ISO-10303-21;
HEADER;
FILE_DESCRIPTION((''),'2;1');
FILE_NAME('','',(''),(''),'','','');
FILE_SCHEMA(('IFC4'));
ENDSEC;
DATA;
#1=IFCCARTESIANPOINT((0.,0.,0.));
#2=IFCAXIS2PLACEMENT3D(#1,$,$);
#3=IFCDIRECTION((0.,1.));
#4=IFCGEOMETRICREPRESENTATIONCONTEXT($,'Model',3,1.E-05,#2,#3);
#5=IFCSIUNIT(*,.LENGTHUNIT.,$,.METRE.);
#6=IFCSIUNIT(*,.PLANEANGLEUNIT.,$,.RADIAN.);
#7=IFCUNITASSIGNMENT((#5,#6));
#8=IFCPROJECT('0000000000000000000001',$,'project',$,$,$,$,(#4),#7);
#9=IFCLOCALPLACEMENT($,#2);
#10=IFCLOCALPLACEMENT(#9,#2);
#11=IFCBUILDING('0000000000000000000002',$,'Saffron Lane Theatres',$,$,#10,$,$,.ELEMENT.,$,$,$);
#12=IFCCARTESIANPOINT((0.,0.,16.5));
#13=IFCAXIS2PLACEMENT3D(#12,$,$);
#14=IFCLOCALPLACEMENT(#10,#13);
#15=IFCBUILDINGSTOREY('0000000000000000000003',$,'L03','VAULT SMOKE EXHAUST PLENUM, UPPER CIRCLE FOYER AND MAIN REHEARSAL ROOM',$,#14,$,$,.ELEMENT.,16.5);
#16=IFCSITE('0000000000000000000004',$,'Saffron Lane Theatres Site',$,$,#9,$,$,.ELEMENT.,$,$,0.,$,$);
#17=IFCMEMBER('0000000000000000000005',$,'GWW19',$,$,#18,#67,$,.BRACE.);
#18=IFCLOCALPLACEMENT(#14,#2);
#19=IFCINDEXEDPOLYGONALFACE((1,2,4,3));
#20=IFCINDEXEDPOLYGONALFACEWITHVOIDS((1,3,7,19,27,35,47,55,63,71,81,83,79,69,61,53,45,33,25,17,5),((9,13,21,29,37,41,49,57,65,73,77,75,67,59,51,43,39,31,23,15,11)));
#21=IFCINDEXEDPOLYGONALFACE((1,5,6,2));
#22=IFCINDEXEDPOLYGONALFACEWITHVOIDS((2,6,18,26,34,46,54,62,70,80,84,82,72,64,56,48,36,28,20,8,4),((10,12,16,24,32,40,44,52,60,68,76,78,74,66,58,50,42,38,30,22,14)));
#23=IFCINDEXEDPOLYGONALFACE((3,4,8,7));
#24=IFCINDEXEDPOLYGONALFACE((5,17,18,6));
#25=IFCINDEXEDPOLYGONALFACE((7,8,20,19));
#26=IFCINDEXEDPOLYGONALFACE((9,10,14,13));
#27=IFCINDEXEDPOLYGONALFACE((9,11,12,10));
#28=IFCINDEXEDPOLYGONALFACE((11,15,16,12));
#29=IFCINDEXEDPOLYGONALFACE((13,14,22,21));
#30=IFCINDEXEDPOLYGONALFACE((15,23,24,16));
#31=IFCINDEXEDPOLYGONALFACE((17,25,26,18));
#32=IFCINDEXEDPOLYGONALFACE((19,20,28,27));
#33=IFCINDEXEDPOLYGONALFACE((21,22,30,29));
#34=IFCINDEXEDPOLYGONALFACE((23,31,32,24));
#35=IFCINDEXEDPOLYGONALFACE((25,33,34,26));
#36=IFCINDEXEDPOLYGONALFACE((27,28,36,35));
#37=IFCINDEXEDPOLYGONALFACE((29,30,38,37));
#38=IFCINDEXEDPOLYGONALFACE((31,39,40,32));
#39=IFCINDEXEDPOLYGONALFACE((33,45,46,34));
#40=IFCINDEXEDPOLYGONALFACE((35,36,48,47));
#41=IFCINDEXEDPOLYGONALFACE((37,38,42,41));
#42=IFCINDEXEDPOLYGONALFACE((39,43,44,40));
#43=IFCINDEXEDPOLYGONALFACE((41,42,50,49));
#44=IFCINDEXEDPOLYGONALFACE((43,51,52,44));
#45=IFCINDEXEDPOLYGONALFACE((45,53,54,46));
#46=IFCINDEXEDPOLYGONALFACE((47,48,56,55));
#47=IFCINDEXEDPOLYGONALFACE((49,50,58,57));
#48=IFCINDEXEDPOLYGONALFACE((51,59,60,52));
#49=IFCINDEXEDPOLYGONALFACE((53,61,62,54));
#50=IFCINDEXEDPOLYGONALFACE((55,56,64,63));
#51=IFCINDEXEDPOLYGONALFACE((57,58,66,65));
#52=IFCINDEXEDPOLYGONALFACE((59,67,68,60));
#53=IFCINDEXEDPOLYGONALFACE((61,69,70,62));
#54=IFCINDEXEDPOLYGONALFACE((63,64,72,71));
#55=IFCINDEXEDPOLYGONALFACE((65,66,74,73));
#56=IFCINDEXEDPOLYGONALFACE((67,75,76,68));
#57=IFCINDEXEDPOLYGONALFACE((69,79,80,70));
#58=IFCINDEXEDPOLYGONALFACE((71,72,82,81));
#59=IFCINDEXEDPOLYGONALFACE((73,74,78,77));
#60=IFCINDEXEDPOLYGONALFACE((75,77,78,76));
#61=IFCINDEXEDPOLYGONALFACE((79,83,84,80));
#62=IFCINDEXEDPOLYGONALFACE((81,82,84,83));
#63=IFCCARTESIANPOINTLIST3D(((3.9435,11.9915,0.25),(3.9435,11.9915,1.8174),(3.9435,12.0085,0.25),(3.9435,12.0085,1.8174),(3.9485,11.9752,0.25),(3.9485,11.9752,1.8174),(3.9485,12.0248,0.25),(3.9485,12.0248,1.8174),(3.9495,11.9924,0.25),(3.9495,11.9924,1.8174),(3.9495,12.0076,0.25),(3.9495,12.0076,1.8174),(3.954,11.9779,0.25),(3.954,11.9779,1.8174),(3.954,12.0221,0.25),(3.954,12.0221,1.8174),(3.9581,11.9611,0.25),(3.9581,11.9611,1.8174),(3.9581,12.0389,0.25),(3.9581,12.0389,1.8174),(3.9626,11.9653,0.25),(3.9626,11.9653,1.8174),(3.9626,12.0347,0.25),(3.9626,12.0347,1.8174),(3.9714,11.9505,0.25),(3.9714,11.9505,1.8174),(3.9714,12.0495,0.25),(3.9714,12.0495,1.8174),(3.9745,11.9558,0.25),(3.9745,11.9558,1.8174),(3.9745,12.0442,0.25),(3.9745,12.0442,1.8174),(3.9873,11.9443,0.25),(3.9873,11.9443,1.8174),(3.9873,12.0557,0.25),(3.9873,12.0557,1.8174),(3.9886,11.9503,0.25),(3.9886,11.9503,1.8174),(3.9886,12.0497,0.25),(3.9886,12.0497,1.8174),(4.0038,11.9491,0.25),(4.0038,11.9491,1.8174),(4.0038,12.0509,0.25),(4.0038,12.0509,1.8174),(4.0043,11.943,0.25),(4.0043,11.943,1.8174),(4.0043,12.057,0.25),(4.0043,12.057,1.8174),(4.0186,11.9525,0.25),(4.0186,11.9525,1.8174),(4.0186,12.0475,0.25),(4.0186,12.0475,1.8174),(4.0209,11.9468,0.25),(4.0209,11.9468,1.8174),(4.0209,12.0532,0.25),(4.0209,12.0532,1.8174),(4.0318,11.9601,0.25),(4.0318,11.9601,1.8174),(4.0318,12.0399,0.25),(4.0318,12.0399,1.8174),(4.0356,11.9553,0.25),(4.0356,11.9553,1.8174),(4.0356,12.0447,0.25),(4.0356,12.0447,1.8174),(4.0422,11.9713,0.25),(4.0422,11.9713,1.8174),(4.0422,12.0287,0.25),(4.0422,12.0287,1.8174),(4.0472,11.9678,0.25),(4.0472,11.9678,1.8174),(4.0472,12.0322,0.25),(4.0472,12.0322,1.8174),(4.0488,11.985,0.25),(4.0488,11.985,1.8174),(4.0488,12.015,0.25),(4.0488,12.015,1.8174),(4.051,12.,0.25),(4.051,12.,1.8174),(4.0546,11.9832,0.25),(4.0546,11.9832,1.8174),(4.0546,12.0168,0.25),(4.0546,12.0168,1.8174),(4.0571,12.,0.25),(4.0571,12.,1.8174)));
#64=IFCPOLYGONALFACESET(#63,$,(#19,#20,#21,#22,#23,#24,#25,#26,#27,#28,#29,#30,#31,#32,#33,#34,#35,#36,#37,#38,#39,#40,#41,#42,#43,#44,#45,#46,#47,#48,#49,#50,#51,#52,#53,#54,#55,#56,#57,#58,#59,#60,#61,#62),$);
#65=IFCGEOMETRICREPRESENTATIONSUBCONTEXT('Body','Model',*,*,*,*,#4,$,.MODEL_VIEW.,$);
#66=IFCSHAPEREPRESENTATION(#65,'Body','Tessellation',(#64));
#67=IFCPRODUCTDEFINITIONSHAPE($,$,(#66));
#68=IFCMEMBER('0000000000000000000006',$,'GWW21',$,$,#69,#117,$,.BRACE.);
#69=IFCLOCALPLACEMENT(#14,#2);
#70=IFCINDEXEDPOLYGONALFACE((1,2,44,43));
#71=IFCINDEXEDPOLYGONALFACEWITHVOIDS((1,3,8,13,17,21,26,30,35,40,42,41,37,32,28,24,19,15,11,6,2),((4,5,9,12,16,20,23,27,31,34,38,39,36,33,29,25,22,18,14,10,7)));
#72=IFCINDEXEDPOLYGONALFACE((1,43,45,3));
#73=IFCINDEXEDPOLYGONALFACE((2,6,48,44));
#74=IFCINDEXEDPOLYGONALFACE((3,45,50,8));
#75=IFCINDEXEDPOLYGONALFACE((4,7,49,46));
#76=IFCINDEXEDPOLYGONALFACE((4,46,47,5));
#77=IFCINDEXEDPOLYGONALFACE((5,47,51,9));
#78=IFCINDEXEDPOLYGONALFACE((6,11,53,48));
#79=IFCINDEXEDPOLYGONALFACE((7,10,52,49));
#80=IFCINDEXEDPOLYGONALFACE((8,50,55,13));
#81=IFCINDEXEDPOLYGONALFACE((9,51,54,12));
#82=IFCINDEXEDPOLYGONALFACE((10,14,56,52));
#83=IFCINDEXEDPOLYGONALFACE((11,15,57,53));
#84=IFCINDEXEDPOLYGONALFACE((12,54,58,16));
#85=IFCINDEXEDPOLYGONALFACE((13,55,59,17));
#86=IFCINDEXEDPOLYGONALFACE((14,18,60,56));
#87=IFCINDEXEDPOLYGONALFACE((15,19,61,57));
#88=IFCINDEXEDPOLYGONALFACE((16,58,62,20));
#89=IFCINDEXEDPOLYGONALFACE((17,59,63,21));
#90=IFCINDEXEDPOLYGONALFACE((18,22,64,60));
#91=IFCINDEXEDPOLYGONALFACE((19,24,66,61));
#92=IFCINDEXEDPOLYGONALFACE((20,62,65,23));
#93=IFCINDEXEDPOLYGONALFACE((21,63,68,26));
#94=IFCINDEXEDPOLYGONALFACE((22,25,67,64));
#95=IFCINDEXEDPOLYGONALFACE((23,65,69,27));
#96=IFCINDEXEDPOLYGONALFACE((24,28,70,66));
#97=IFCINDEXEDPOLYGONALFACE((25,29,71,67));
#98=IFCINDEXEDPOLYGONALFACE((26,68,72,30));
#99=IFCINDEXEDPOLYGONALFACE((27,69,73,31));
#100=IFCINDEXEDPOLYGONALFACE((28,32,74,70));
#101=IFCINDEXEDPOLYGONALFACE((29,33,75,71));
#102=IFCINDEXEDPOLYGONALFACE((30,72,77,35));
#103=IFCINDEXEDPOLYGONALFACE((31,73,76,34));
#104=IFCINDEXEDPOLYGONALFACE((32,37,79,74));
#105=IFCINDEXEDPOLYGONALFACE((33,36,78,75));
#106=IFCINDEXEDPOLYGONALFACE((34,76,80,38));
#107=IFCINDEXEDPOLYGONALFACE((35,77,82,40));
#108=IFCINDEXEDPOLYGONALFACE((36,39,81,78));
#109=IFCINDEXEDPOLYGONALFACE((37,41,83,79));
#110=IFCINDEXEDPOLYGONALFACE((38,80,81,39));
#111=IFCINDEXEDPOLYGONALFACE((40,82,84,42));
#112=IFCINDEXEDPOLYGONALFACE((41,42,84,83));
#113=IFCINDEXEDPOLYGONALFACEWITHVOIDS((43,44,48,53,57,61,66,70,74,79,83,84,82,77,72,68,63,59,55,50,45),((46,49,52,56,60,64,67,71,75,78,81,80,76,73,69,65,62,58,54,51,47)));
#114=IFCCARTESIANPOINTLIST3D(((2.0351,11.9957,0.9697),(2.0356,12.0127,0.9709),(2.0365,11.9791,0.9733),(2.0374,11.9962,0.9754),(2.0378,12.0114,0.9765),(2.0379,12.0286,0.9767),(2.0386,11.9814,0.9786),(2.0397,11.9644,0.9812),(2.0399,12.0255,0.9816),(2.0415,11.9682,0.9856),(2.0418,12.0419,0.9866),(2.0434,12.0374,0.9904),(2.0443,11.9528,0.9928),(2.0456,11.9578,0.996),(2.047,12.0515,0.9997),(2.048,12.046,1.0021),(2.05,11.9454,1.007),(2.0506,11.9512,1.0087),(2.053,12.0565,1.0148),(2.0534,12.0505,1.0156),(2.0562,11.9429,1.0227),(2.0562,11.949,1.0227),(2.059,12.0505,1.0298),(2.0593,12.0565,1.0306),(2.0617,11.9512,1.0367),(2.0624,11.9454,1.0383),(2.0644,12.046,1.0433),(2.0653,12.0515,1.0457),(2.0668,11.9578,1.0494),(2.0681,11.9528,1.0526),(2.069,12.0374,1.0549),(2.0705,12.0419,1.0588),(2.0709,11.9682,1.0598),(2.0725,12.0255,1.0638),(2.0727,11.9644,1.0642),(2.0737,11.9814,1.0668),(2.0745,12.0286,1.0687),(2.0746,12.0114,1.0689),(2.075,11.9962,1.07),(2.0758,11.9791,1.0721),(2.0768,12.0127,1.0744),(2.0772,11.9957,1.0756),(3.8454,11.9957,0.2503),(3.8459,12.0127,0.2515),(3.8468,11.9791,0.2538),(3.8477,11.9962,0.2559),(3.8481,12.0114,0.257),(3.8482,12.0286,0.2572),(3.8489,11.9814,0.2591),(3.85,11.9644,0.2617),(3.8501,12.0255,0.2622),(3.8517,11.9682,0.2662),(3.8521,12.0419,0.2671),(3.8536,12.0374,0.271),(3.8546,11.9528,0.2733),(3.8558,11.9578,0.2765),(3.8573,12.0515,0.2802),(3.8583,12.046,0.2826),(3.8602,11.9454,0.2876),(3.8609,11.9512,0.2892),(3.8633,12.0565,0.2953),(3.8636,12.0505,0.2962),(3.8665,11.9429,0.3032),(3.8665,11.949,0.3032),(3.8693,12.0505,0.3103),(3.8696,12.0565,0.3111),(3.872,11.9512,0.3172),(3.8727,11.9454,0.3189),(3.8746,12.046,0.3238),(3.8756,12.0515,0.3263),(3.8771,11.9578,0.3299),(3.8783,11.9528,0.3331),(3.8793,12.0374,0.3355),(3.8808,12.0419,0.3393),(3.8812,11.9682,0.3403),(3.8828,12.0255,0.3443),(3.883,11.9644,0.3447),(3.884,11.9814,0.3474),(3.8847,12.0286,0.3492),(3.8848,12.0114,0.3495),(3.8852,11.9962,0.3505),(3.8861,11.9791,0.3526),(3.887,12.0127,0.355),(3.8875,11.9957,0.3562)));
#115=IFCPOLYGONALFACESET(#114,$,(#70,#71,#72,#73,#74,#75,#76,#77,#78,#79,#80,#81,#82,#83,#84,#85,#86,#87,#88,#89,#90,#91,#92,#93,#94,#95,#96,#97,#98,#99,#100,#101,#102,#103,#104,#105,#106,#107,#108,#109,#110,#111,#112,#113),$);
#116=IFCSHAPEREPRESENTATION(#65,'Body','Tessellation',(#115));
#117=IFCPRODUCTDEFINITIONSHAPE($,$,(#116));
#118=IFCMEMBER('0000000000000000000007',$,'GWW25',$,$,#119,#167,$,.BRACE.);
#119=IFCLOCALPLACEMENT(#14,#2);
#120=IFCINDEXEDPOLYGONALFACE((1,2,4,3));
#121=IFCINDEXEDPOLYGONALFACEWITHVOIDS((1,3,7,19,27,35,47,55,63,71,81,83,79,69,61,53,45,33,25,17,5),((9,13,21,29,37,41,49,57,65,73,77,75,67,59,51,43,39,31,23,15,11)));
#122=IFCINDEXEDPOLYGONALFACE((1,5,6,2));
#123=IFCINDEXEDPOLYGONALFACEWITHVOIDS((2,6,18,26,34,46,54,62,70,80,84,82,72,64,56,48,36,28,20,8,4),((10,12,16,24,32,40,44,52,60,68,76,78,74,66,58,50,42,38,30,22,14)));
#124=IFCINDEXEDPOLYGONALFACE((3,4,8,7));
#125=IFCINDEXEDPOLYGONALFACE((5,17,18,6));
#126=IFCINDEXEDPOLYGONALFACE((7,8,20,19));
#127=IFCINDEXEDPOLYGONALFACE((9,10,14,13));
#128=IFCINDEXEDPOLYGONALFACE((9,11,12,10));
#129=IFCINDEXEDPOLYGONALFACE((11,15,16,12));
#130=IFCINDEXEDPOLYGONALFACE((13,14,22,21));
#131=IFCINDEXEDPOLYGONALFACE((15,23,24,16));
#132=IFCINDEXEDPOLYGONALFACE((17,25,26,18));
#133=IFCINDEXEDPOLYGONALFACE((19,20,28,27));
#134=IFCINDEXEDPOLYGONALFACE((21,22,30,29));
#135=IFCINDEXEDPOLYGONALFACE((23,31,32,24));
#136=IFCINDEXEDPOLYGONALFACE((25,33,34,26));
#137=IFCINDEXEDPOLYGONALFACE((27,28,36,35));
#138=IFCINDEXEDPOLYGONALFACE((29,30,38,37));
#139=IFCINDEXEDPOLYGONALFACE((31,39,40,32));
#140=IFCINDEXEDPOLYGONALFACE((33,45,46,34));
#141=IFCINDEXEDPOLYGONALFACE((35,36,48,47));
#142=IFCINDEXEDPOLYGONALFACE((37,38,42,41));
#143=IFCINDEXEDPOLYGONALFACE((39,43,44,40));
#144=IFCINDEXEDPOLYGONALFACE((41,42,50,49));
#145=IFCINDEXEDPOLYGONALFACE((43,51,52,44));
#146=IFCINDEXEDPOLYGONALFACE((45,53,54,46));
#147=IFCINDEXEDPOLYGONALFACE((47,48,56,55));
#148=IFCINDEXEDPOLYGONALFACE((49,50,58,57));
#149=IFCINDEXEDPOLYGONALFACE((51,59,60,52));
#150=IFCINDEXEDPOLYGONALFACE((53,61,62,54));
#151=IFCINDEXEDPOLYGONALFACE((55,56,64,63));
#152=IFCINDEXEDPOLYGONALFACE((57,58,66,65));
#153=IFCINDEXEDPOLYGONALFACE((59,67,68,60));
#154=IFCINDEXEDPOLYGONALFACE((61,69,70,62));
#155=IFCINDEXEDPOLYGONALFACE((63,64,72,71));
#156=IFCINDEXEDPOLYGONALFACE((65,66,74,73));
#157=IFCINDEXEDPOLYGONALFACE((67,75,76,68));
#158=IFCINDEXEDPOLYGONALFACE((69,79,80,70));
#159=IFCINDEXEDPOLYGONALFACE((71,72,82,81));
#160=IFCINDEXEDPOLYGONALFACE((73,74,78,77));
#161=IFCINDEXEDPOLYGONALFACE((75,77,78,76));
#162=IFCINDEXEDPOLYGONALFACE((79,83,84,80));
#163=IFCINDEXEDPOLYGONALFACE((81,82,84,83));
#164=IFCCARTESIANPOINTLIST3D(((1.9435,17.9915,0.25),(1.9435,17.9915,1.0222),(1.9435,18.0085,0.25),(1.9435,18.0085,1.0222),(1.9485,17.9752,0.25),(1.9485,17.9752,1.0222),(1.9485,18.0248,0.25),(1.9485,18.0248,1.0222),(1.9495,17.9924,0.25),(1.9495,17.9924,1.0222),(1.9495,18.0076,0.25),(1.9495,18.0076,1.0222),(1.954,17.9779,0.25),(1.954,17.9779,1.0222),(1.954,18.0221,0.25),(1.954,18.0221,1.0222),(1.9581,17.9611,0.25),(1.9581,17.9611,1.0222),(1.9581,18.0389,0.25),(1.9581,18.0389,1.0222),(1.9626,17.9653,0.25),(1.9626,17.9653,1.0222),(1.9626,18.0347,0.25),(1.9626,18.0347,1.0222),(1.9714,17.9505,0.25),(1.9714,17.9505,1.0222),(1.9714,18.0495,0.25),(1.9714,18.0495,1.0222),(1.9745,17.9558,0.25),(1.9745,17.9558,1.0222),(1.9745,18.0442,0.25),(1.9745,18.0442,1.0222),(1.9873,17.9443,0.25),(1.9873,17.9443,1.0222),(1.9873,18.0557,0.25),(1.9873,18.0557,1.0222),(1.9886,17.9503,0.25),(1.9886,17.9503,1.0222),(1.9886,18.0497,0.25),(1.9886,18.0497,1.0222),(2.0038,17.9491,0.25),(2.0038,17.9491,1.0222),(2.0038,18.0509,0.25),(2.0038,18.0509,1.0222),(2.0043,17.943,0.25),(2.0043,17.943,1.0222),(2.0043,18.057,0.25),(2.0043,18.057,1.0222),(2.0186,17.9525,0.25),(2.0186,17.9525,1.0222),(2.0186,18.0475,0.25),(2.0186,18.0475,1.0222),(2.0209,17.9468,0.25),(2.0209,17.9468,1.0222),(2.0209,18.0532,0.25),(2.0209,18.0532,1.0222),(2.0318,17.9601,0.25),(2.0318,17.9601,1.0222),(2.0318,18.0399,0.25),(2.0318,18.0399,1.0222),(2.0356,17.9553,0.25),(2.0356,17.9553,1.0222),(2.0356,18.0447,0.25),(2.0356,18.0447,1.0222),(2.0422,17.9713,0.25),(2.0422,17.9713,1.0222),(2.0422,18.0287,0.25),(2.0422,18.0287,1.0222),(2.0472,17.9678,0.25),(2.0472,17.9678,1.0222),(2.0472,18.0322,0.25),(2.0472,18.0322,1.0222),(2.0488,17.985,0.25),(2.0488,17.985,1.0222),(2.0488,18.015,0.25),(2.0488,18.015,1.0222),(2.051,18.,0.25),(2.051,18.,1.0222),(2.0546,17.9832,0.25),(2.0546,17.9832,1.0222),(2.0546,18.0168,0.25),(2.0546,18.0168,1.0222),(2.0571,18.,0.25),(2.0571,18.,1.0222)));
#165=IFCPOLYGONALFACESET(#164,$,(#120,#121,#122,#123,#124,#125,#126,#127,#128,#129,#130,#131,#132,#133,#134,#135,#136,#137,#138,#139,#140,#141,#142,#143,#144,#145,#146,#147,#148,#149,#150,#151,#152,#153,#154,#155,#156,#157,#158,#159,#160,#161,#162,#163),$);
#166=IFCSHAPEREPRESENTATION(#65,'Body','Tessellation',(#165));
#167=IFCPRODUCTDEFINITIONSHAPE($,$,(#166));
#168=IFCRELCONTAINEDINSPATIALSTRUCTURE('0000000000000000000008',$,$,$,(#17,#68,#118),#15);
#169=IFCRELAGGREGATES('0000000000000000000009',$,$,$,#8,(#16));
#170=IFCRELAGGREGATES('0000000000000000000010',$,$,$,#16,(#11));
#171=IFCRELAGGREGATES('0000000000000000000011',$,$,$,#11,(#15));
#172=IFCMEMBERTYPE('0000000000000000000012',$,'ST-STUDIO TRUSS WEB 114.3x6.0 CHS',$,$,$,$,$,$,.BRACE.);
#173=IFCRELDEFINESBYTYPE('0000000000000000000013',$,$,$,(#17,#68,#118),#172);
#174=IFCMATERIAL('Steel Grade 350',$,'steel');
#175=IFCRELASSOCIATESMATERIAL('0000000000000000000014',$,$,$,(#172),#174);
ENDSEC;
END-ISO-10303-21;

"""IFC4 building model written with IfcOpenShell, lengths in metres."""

from ifc_helpers import new_model, si_unit, direction, frame, origin, origin_2d, place, context, subcontext, project, spatial, hollow_circle, extrude, material, material_profile, profile_set, type_object, element, save


model = new_model("IFC4")

# Units and contexts
model_context = context("Model", 3, precision=1e-05, world=origin(), true_north=direction((0.0, 1.0)))
body_context = subcontext(model_context, "Body", "Model", "MODEL_VIEW")
ifc_project = project(units=[si_unit("LENGTHUNIT", "METRE"), si_unit("PLANEANGLEUNIT", "RADIAN")], contexts=[model_context])

# Site, building, storey
site_placement = place(None, origin())
site = spatial("IfcSite", under=ifc_project, at=site_placement, Name="Saffron Lane Theatres Site", CompositionType="ELEMENT", RefElevation=0.0)
building_placement = place(site_placement, origin())
building = spatial("IfcBuilding", under=site, at=building_placement, Name="Saffron Lane Theatres", CompositionType="ELEMENT")
storey_placement = place(building_placement, frame((0.0, 0.0, 16.5)))
storey = spatial("IfcBuildingStorey", under=building, at=storey_placement, Name="L03", Description="VAULT SMOKE EXHAUST PLENUM, UPPER CIRCLE FOYER AND MAIN REHEARSAL ROOM", CompositionType="ELEMENT", Elevation=16.5)

# Members
ifc_material_1 = material(Name="Steel Grade 350", Category="steel")
ifc_material_profile_1 = material_profile(ifc_material_1, hollow_circle(Radius=0.0571, WallThickness=0.0061, at=origin_2d()))
ifc_profile_set_1 = profile_set([ifc_material_profile_1], Name="Steel Grade 350")
member_type_1 = type_object("IfcMemberType", Name="ST-STUDIO TRUSS WEB 114.3x6.0 CHS", PredefinedType="BRACE", material=ifc_profile_set_1)
member_1_placement = place(storey_placement, frame((4.0, 12.0, 0.25), z_axis=(0.0, 0.0, 1.0), x_axis=(1.0, 0.0, 0.0)))
element("IfcMember", 1, at=member_1_placement, inside=storey, type_object=member_type_1, Name="GWW19", PredefinedType="BRACE", context=body_context, shape_type="SweptSolid", body=[
    extrude(hollow_circle(Radius=0.0571, WallThickness=0.0061, at=origin_2d()), origin(), (0.0, 0.0, 1.0), 1.5674),
])
member_2_placement = place(storey_placement, frame((3.8665, 12.0, 0.3032), z_axis=(-0.929296, 0.0, 0.369337), x_axis=(0.0, -1.0, 0.0)))
element("IfcMember", 2, at=member_2_placement, inside=storey, type_object=member_type_1, Name="GWW21", PredefinedType="BRACE", context=body_context, shape_type="SweptSolid", body=[
    extrude(hollow_circle(Radius=0.0571, WallThickness=0.0061, at=origin_2d()), origin(), (0.0, 0.0, 1.0), 1.948),
])
member_3_placement = place(storey_placement, frame((2.0, 18.0, 0.25), z_axis=(0.0, 0.0, 1.0), x_axis=(1.0, 0.0, 0.0)))
element("IfcMember", 3, at=member_3_placement, inside=storey, type_object=member_type_1, Name="GWW25", PredefinedType="BRACE", context=body_context, shape_type="SweptSolid", body=[
    extrude(hollow_circle(Radius=0.0571, WallThickness=0.0061, at=origin_2d()), origin(), (0.0, 0.0, 1.0), 0.7722),
])

save(model, "model.ifc")
